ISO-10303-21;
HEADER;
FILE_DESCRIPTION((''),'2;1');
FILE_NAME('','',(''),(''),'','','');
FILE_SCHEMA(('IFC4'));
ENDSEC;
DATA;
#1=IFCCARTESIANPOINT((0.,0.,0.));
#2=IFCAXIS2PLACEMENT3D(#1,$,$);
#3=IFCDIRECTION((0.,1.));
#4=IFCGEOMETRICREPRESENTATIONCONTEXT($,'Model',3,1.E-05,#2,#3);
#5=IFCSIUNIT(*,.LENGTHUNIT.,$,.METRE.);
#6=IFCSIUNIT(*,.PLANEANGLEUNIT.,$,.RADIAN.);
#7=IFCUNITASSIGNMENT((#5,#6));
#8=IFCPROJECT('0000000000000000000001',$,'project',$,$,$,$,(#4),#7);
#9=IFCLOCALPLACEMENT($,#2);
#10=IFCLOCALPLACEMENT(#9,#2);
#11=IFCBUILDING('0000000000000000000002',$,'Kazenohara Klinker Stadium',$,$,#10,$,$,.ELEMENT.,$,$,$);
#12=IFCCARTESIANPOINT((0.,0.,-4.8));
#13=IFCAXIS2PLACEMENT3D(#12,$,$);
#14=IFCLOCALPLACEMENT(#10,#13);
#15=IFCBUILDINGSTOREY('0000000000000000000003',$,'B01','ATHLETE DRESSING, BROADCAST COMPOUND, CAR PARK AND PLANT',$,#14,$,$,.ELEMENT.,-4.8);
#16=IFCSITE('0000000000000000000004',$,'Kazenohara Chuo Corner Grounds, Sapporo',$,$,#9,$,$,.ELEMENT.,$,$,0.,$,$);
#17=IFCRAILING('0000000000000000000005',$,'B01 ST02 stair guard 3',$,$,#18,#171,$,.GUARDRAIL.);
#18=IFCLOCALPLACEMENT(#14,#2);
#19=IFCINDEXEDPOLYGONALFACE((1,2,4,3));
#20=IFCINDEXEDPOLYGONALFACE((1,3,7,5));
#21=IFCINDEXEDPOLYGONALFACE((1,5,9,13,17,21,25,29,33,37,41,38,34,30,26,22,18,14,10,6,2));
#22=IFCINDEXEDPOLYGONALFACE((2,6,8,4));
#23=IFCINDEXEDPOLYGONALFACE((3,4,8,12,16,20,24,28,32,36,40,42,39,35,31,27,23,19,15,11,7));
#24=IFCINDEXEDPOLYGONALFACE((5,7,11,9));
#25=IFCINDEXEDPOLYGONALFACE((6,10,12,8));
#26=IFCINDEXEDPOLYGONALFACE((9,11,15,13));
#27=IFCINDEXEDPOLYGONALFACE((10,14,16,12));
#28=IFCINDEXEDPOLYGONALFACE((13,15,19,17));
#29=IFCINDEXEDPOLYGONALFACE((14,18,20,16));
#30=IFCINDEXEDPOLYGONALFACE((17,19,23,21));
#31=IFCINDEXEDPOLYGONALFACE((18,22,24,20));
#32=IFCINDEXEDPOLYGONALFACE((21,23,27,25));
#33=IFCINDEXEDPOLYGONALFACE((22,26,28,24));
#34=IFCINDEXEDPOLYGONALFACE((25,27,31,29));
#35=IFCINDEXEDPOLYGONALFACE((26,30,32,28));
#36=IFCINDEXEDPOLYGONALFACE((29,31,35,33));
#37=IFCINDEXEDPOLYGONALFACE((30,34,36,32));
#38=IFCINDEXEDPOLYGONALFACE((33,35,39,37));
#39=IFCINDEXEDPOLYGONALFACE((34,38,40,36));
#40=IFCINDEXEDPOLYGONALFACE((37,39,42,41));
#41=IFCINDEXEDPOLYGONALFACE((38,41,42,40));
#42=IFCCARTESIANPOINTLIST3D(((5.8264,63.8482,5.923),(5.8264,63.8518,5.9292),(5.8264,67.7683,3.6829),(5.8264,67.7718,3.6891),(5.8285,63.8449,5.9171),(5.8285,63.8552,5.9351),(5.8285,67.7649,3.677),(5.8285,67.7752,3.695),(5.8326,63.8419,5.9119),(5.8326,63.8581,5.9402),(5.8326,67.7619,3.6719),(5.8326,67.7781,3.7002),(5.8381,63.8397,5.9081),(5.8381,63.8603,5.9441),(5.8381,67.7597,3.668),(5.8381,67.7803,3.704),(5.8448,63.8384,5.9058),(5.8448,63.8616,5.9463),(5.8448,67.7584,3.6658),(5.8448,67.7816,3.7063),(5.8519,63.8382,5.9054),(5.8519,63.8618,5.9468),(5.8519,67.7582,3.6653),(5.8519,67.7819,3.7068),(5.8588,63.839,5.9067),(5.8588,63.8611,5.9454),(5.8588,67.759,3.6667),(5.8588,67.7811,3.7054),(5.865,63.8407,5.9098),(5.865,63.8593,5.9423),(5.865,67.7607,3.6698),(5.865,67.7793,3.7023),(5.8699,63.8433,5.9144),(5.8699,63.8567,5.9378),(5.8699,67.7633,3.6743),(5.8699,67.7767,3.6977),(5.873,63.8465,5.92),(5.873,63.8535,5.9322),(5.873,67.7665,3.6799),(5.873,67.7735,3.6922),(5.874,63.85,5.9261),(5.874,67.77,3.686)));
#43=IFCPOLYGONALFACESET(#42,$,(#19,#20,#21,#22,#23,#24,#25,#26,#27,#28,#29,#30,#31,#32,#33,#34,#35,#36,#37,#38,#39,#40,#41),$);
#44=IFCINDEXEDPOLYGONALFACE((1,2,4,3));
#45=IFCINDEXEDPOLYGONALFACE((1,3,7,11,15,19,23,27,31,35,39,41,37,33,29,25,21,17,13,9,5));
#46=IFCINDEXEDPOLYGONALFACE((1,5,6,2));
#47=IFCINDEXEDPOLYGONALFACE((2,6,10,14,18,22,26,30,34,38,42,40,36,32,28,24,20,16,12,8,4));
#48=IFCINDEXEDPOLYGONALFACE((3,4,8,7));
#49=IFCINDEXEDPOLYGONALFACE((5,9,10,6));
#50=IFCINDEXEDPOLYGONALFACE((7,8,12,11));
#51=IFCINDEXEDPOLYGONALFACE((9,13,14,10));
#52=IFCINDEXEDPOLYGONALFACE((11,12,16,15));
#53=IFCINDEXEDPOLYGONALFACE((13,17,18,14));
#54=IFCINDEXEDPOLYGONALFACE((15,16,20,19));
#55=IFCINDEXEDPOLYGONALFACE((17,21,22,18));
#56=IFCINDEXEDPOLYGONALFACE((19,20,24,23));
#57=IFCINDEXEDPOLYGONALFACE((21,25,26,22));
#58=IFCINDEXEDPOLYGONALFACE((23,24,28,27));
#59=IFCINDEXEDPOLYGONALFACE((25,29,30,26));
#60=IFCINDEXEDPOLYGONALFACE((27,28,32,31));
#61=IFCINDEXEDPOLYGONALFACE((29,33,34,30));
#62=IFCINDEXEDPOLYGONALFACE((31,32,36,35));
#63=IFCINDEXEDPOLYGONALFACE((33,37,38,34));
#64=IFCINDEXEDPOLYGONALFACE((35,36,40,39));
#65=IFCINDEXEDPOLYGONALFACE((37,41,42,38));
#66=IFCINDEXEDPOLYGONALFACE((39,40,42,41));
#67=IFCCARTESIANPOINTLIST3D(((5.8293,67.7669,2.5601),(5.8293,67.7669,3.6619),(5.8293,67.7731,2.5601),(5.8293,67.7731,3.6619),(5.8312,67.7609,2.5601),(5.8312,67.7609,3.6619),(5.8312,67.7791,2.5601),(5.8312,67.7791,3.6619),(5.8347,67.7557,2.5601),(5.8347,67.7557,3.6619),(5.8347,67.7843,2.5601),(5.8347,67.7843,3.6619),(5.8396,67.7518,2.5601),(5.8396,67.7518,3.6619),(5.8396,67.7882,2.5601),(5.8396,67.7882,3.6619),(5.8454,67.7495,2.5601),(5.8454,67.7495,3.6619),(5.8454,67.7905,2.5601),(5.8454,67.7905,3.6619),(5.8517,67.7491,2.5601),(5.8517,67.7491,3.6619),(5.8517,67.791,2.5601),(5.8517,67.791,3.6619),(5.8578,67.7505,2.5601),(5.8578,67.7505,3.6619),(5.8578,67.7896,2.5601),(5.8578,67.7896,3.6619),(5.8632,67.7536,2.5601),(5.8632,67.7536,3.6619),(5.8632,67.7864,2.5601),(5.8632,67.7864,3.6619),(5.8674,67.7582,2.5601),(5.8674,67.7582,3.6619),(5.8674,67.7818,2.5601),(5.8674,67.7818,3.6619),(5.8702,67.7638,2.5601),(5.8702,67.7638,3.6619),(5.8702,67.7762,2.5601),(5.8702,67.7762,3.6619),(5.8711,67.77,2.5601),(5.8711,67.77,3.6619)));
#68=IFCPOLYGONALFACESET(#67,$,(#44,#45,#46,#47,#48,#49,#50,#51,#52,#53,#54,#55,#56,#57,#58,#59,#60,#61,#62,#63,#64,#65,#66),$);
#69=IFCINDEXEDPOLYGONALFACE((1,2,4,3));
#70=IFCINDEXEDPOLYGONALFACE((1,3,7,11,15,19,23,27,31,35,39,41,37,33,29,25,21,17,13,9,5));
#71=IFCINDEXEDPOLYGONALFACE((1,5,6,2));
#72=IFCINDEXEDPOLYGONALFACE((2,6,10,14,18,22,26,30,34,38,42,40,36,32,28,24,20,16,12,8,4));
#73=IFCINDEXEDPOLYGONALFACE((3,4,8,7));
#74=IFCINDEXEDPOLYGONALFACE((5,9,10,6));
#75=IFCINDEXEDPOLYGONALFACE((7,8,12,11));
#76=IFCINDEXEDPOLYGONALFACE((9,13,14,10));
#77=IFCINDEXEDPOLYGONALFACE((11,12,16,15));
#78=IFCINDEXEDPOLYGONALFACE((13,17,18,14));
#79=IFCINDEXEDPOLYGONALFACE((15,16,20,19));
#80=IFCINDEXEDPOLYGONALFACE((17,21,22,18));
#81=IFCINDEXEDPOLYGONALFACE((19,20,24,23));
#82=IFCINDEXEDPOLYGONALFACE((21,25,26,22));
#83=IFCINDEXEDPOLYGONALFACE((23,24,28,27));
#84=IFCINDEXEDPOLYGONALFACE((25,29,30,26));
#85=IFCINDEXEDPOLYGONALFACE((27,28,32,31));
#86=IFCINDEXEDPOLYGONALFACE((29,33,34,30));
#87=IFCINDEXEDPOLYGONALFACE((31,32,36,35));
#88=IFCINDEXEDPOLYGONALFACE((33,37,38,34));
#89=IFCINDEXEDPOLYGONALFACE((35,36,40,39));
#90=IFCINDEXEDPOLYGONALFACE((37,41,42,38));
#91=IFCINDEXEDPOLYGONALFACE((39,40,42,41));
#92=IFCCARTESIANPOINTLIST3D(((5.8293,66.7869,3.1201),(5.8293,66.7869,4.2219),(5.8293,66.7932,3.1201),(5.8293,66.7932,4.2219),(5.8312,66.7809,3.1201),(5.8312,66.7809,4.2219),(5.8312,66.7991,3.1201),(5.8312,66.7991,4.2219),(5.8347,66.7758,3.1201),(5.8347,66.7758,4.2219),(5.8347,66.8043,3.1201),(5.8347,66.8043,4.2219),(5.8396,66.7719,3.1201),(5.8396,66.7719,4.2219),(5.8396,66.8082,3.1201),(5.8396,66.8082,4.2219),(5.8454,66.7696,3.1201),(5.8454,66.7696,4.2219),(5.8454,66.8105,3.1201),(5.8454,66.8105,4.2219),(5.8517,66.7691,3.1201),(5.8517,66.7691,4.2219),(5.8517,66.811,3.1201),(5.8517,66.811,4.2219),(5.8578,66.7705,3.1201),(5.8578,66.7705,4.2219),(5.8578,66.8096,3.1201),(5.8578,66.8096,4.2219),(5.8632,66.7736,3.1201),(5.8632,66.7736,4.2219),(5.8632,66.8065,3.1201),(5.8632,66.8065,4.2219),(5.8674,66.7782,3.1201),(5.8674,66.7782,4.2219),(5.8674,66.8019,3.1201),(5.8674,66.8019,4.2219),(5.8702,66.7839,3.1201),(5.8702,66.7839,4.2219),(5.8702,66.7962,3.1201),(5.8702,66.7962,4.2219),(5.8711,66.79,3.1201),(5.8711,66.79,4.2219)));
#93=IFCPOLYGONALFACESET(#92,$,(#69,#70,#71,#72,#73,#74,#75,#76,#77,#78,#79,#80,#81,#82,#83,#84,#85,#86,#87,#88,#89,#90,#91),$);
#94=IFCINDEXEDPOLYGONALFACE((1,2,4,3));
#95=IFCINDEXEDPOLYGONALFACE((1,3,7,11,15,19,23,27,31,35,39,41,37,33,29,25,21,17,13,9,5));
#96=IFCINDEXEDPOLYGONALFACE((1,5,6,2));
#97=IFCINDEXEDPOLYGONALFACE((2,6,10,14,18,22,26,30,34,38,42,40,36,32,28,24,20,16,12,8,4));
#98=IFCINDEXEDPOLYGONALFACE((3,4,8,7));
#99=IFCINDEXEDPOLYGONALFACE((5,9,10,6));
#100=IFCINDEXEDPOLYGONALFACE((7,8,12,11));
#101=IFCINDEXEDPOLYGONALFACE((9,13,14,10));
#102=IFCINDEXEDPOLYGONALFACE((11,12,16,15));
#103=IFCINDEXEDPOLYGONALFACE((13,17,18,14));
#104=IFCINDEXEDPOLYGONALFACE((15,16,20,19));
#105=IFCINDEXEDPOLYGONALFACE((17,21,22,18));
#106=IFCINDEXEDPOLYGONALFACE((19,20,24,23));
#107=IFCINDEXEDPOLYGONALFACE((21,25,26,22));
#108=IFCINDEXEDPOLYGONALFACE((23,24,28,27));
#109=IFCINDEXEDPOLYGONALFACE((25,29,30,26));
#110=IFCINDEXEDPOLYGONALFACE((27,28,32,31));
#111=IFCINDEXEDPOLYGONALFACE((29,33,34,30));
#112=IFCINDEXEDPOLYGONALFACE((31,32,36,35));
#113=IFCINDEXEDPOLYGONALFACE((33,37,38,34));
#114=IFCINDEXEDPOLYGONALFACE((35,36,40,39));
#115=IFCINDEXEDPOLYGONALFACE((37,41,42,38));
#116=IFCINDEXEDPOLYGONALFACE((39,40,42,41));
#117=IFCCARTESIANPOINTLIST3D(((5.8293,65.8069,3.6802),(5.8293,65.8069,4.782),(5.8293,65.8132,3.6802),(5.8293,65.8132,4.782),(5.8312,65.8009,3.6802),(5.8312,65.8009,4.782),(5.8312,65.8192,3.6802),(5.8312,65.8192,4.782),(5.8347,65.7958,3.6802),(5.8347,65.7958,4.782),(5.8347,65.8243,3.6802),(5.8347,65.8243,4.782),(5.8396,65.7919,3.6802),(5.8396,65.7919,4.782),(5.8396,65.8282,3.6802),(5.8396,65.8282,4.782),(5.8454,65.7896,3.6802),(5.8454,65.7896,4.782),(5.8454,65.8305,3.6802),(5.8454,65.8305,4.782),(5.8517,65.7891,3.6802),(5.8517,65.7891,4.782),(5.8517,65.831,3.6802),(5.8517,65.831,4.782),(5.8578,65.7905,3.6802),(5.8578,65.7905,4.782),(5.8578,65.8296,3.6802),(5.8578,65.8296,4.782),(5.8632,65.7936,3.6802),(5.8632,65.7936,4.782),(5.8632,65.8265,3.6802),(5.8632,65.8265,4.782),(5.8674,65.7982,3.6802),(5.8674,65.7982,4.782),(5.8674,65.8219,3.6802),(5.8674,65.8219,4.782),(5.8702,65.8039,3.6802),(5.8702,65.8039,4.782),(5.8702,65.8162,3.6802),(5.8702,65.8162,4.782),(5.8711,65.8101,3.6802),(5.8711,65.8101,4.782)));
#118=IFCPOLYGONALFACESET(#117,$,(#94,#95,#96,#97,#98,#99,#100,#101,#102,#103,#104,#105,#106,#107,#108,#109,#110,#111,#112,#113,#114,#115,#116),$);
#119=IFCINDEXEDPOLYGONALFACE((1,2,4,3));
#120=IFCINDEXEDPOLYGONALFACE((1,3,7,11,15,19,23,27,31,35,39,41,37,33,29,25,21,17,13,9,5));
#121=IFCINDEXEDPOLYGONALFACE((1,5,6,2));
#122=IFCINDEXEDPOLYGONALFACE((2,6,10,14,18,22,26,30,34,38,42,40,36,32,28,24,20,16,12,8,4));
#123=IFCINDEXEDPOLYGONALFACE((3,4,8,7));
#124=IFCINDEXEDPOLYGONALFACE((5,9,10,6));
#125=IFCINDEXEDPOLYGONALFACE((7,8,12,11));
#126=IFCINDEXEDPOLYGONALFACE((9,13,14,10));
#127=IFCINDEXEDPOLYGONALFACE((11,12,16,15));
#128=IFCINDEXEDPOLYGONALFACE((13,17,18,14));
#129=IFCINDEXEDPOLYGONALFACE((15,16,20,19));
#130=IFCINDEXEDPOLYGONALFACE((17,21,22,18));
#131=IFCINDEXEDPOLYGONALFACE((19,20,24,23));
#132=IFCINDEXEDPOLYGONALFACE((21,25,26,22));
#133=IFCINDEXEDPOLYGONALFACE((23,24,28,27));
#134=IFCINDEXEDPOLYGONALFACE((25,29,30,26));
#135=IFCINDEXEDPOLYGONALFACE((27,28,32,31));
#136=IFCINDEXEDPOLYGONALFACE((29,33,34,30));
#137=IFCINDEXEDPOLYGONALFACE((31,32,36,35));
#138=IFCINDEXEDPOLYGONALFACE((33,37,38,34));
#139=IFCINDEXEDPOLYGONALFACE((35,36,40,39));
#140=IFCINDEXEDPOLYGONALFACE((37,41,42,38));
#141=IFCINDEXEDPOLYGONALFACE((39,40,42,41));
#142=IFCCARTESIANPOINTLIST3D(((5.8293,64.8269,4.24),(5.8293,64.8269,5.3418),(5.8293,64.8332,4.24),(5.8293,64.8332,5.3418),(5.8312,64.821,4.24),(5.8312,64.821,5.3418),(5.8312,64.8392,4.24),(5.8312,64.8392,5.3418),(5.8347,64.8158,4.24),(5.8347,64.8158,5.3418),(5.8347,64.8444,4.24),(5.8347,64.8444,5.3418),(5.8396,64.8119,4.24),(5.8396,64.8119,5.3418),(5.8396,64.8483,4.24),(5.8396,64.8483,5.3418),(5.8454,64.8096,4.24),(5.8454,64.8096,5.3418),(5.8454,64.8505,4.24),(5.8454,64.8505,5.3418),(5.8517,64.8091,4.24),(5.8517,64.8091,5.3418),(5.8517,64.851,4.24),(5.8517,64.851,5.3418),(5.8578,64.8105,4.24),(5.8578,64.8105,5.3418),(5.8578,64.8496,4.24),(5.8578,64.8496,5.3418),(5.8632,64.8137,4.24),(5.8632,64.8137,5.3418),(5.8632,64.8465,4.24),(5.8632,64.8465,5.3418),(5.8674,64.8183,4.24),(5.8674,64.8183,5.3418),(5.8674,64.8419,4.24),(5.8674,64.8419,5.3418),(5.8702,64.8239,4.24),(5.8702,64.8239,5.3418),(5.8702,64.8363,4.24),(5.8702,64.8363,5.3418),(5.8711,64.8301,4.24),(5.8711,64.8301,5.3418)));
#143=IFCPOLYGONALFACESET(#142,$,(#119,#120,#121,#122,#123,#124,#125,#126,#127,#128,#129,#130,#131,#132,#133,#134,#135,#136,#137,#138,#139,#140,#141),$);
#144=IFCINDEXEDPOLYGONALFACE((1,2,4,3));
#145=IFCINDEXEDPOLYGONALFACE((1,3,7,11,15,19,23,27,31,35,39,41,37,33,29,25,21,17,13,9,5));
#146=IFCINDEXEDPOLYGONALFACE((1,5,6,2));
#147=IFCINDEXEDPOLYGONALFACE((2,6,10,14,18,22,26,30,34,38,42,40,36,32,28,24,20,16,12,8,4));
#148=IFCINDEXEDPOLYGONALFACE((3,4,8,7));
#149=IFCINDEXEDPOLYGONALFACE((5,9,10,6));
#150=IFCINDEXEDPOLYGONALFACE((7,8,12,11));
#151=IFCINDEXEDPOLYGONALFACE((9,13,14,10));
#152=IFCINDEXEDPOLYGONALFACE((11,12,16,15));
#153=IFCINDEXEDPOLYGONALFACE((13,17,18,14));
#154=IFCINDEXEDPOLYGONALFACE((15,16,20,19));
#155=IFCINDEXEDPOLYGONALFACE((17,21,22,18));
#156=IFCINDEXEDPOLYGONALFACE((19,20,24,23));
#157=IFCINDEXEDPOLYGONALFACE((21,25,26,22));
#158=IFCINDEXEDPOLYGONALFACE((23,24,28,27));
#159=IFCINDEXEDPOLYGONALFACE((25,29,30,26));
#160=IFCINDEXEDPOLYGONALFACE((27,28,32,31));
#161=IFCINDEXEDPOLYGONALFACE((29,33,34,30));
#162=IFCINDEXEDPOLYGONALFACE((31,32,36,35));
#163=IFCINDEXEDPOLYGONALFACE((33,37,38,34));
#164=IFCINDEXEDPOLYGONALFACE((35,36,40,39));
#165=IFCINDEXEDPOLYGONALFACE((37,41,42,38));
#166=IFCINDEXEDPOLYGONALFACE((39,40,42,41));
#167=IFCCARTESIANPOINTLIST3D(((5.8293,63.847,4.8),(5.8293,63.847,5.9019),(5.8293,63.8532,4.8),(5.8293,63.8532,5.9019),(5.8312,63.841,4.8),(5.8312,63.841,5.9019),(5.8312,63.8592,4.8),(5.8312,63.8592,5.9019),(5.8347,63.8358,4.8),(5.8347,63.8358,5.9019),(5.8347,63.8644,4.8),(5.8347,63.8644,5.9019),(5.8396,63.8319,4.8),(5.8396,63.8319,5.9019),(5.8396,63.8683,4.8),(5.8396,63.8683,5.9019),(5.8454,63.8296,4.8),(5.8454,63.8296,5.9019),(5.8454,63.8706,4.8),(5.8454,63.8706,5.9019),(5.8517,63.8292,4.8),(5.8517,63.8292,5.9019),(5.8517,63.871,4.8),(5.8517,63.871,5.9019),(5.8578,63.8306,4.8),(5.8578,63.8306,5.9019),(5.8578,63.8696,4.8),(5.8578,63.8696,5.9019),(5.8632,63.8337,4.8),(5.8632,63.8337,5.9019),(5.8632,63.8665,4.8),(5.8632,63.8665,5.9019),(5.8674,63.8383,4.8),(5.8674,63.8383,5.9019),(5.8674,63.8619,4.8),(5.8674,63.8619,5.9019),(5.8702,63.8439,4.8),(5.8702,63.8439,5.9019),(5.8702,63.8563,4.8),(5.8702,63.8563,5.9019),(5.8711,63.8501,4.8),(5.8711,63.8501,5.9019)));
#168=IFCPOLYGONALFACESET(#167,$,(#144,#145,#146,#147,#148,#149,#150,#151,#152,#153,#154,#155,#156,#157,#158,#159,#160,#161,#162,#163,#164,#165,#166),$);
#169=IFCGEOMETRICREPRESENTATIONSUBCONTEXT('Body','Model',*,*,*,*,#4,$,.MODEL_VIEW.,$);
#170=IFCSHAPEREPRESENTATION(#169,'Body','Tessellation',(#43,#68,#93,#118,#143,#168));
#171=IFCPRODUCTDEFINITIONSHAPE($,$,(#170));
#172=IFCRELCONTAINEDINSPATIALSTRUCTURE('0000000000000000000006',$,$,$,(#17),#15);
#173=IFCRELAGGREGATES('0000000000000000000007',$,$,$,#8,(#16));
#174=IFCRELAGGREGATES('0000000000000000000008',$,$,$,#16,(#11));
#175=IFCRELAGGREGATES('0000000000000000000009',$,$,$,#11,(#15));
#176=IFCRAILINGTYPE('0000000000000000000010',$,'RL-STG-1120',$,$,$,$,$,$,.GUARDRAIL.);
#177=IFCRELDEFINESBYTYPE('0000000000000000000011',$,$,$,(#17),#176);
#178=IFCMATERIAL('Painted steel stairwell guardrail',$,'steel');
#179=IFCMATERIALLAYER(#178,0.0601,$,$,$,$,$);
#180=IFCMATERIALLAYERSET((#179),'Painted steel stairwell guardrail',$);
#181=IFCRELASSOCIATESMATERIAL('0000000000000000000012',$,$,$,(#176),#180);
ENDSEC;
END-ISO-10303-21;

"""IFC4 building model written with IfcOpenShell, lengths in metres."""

from ifc_helpers import new_model, si_unit, direction, frame, origin, origin_2d, place, context, subcontext, project, spatial, circle, extrude, material, layer, layer_set, type_object, element, save


model = new_model("IFC4")

# Units and contexts
model_context = context("Model", 3, precision=1e-05, world=origin(), true_north=direction((0.0, 1.0)))
body_context = subcontext(model_context, "Body", "Model", "MODEL_VIEW")
ifc_project = project(units=[si_unit("LENGTHUNIT", "METRE"), si_unit("PLANEANGLEUNIT", "RADIAN")], contexts=[model_context])

# Site, building, storey
site_placement = place(None, origin())
site = spatial("IfcSite", under=ifc_project, at=site_placement, Name="Kazenohara Chuo Corner Grounds, Sapporo", CompositionType="ELEMENT", RefElevation=0.0)
building_placement = place(site_placement, origin())
building = spatial("IfcBuilding", under=site, at=building_placement, Name="Kazenohara Klinker Stadium", CompositionType="ELEMENT")
storey_placement = place(building_placement, frame((0.0, 0.0, -4.8)))
storey = spatial("IfcBuildingStorey", under=building, at=storey_placement, Name="B01", Description="ATHLETE DRESSING, BROADCAST COMPOUND, CAR PARK AND PLANT", CompositionType="ELEMENT", Elevation=-4.8)

# Railing
ifc_material_1 = material(Name="Painted steel stairwell guardrail", Category="steel")
ifc_layer_1 = layer(ifc_material_1, 0.0601)
ifc_layer_set_1 = layer_set([ifc_layer_1], Name="Painted steel stairwell guardrail")
railing_type_1 = type_object("IfcRailingType", Name="RL-STG-1120", PredefinedType="GUARDRAIL", material=ifc_layer_set_1)
railing_1_placement = place(storey_placement, frame((5.8501, 67.77, 2.5601)))
element("IfcRailing", 1, at=railing_1_placement, inside=storey, type_object=railing_type_1, Name="B01 ST02 stair guard 3", PredefinedType="GUARDRAIL", context=body_context, shape_type="SweptSolid", body=[
    extrude(circle(Radius=0.0239, at=origin_2d()), frame((0.0, 0.0, 1.126), z_axis=(0.0, -0.86824, 0.496145), x_axis=(1.0, 0.0, 0.0)), (0.0, 0.0, 1.0), 4.5149),
    extrude(circle(Radius=0.021, at=origin_2d()), origin(), (0.0, 0.0, 1.0), 1.1018),
    extrude(circle(Radius=0.021, at=origin_2d()), frame((0.0, -0.98, 0.5601)), (0.0, 0.0, 1.0), 1.1018),
    extrude(circle(Radius=0.021, at=origin_2d()), frame((0.0, -1.96, 1.1201)), (0.0, 0.0, 1.0), 1.1018),
    extrude(circle(Radius=0.021, at=origin_2d()), frame((0.0, -2.9399, 1.6799)), (0.0, 0.0, 1.0), 1.1018),
    extrude(circle(Radius=0.021, at=origin_2d()), frame((0.0, -3.9199, 2.24)), (0.0, 0.0, 1.0), 1.1018),
])

save(model, "model.ifc")
